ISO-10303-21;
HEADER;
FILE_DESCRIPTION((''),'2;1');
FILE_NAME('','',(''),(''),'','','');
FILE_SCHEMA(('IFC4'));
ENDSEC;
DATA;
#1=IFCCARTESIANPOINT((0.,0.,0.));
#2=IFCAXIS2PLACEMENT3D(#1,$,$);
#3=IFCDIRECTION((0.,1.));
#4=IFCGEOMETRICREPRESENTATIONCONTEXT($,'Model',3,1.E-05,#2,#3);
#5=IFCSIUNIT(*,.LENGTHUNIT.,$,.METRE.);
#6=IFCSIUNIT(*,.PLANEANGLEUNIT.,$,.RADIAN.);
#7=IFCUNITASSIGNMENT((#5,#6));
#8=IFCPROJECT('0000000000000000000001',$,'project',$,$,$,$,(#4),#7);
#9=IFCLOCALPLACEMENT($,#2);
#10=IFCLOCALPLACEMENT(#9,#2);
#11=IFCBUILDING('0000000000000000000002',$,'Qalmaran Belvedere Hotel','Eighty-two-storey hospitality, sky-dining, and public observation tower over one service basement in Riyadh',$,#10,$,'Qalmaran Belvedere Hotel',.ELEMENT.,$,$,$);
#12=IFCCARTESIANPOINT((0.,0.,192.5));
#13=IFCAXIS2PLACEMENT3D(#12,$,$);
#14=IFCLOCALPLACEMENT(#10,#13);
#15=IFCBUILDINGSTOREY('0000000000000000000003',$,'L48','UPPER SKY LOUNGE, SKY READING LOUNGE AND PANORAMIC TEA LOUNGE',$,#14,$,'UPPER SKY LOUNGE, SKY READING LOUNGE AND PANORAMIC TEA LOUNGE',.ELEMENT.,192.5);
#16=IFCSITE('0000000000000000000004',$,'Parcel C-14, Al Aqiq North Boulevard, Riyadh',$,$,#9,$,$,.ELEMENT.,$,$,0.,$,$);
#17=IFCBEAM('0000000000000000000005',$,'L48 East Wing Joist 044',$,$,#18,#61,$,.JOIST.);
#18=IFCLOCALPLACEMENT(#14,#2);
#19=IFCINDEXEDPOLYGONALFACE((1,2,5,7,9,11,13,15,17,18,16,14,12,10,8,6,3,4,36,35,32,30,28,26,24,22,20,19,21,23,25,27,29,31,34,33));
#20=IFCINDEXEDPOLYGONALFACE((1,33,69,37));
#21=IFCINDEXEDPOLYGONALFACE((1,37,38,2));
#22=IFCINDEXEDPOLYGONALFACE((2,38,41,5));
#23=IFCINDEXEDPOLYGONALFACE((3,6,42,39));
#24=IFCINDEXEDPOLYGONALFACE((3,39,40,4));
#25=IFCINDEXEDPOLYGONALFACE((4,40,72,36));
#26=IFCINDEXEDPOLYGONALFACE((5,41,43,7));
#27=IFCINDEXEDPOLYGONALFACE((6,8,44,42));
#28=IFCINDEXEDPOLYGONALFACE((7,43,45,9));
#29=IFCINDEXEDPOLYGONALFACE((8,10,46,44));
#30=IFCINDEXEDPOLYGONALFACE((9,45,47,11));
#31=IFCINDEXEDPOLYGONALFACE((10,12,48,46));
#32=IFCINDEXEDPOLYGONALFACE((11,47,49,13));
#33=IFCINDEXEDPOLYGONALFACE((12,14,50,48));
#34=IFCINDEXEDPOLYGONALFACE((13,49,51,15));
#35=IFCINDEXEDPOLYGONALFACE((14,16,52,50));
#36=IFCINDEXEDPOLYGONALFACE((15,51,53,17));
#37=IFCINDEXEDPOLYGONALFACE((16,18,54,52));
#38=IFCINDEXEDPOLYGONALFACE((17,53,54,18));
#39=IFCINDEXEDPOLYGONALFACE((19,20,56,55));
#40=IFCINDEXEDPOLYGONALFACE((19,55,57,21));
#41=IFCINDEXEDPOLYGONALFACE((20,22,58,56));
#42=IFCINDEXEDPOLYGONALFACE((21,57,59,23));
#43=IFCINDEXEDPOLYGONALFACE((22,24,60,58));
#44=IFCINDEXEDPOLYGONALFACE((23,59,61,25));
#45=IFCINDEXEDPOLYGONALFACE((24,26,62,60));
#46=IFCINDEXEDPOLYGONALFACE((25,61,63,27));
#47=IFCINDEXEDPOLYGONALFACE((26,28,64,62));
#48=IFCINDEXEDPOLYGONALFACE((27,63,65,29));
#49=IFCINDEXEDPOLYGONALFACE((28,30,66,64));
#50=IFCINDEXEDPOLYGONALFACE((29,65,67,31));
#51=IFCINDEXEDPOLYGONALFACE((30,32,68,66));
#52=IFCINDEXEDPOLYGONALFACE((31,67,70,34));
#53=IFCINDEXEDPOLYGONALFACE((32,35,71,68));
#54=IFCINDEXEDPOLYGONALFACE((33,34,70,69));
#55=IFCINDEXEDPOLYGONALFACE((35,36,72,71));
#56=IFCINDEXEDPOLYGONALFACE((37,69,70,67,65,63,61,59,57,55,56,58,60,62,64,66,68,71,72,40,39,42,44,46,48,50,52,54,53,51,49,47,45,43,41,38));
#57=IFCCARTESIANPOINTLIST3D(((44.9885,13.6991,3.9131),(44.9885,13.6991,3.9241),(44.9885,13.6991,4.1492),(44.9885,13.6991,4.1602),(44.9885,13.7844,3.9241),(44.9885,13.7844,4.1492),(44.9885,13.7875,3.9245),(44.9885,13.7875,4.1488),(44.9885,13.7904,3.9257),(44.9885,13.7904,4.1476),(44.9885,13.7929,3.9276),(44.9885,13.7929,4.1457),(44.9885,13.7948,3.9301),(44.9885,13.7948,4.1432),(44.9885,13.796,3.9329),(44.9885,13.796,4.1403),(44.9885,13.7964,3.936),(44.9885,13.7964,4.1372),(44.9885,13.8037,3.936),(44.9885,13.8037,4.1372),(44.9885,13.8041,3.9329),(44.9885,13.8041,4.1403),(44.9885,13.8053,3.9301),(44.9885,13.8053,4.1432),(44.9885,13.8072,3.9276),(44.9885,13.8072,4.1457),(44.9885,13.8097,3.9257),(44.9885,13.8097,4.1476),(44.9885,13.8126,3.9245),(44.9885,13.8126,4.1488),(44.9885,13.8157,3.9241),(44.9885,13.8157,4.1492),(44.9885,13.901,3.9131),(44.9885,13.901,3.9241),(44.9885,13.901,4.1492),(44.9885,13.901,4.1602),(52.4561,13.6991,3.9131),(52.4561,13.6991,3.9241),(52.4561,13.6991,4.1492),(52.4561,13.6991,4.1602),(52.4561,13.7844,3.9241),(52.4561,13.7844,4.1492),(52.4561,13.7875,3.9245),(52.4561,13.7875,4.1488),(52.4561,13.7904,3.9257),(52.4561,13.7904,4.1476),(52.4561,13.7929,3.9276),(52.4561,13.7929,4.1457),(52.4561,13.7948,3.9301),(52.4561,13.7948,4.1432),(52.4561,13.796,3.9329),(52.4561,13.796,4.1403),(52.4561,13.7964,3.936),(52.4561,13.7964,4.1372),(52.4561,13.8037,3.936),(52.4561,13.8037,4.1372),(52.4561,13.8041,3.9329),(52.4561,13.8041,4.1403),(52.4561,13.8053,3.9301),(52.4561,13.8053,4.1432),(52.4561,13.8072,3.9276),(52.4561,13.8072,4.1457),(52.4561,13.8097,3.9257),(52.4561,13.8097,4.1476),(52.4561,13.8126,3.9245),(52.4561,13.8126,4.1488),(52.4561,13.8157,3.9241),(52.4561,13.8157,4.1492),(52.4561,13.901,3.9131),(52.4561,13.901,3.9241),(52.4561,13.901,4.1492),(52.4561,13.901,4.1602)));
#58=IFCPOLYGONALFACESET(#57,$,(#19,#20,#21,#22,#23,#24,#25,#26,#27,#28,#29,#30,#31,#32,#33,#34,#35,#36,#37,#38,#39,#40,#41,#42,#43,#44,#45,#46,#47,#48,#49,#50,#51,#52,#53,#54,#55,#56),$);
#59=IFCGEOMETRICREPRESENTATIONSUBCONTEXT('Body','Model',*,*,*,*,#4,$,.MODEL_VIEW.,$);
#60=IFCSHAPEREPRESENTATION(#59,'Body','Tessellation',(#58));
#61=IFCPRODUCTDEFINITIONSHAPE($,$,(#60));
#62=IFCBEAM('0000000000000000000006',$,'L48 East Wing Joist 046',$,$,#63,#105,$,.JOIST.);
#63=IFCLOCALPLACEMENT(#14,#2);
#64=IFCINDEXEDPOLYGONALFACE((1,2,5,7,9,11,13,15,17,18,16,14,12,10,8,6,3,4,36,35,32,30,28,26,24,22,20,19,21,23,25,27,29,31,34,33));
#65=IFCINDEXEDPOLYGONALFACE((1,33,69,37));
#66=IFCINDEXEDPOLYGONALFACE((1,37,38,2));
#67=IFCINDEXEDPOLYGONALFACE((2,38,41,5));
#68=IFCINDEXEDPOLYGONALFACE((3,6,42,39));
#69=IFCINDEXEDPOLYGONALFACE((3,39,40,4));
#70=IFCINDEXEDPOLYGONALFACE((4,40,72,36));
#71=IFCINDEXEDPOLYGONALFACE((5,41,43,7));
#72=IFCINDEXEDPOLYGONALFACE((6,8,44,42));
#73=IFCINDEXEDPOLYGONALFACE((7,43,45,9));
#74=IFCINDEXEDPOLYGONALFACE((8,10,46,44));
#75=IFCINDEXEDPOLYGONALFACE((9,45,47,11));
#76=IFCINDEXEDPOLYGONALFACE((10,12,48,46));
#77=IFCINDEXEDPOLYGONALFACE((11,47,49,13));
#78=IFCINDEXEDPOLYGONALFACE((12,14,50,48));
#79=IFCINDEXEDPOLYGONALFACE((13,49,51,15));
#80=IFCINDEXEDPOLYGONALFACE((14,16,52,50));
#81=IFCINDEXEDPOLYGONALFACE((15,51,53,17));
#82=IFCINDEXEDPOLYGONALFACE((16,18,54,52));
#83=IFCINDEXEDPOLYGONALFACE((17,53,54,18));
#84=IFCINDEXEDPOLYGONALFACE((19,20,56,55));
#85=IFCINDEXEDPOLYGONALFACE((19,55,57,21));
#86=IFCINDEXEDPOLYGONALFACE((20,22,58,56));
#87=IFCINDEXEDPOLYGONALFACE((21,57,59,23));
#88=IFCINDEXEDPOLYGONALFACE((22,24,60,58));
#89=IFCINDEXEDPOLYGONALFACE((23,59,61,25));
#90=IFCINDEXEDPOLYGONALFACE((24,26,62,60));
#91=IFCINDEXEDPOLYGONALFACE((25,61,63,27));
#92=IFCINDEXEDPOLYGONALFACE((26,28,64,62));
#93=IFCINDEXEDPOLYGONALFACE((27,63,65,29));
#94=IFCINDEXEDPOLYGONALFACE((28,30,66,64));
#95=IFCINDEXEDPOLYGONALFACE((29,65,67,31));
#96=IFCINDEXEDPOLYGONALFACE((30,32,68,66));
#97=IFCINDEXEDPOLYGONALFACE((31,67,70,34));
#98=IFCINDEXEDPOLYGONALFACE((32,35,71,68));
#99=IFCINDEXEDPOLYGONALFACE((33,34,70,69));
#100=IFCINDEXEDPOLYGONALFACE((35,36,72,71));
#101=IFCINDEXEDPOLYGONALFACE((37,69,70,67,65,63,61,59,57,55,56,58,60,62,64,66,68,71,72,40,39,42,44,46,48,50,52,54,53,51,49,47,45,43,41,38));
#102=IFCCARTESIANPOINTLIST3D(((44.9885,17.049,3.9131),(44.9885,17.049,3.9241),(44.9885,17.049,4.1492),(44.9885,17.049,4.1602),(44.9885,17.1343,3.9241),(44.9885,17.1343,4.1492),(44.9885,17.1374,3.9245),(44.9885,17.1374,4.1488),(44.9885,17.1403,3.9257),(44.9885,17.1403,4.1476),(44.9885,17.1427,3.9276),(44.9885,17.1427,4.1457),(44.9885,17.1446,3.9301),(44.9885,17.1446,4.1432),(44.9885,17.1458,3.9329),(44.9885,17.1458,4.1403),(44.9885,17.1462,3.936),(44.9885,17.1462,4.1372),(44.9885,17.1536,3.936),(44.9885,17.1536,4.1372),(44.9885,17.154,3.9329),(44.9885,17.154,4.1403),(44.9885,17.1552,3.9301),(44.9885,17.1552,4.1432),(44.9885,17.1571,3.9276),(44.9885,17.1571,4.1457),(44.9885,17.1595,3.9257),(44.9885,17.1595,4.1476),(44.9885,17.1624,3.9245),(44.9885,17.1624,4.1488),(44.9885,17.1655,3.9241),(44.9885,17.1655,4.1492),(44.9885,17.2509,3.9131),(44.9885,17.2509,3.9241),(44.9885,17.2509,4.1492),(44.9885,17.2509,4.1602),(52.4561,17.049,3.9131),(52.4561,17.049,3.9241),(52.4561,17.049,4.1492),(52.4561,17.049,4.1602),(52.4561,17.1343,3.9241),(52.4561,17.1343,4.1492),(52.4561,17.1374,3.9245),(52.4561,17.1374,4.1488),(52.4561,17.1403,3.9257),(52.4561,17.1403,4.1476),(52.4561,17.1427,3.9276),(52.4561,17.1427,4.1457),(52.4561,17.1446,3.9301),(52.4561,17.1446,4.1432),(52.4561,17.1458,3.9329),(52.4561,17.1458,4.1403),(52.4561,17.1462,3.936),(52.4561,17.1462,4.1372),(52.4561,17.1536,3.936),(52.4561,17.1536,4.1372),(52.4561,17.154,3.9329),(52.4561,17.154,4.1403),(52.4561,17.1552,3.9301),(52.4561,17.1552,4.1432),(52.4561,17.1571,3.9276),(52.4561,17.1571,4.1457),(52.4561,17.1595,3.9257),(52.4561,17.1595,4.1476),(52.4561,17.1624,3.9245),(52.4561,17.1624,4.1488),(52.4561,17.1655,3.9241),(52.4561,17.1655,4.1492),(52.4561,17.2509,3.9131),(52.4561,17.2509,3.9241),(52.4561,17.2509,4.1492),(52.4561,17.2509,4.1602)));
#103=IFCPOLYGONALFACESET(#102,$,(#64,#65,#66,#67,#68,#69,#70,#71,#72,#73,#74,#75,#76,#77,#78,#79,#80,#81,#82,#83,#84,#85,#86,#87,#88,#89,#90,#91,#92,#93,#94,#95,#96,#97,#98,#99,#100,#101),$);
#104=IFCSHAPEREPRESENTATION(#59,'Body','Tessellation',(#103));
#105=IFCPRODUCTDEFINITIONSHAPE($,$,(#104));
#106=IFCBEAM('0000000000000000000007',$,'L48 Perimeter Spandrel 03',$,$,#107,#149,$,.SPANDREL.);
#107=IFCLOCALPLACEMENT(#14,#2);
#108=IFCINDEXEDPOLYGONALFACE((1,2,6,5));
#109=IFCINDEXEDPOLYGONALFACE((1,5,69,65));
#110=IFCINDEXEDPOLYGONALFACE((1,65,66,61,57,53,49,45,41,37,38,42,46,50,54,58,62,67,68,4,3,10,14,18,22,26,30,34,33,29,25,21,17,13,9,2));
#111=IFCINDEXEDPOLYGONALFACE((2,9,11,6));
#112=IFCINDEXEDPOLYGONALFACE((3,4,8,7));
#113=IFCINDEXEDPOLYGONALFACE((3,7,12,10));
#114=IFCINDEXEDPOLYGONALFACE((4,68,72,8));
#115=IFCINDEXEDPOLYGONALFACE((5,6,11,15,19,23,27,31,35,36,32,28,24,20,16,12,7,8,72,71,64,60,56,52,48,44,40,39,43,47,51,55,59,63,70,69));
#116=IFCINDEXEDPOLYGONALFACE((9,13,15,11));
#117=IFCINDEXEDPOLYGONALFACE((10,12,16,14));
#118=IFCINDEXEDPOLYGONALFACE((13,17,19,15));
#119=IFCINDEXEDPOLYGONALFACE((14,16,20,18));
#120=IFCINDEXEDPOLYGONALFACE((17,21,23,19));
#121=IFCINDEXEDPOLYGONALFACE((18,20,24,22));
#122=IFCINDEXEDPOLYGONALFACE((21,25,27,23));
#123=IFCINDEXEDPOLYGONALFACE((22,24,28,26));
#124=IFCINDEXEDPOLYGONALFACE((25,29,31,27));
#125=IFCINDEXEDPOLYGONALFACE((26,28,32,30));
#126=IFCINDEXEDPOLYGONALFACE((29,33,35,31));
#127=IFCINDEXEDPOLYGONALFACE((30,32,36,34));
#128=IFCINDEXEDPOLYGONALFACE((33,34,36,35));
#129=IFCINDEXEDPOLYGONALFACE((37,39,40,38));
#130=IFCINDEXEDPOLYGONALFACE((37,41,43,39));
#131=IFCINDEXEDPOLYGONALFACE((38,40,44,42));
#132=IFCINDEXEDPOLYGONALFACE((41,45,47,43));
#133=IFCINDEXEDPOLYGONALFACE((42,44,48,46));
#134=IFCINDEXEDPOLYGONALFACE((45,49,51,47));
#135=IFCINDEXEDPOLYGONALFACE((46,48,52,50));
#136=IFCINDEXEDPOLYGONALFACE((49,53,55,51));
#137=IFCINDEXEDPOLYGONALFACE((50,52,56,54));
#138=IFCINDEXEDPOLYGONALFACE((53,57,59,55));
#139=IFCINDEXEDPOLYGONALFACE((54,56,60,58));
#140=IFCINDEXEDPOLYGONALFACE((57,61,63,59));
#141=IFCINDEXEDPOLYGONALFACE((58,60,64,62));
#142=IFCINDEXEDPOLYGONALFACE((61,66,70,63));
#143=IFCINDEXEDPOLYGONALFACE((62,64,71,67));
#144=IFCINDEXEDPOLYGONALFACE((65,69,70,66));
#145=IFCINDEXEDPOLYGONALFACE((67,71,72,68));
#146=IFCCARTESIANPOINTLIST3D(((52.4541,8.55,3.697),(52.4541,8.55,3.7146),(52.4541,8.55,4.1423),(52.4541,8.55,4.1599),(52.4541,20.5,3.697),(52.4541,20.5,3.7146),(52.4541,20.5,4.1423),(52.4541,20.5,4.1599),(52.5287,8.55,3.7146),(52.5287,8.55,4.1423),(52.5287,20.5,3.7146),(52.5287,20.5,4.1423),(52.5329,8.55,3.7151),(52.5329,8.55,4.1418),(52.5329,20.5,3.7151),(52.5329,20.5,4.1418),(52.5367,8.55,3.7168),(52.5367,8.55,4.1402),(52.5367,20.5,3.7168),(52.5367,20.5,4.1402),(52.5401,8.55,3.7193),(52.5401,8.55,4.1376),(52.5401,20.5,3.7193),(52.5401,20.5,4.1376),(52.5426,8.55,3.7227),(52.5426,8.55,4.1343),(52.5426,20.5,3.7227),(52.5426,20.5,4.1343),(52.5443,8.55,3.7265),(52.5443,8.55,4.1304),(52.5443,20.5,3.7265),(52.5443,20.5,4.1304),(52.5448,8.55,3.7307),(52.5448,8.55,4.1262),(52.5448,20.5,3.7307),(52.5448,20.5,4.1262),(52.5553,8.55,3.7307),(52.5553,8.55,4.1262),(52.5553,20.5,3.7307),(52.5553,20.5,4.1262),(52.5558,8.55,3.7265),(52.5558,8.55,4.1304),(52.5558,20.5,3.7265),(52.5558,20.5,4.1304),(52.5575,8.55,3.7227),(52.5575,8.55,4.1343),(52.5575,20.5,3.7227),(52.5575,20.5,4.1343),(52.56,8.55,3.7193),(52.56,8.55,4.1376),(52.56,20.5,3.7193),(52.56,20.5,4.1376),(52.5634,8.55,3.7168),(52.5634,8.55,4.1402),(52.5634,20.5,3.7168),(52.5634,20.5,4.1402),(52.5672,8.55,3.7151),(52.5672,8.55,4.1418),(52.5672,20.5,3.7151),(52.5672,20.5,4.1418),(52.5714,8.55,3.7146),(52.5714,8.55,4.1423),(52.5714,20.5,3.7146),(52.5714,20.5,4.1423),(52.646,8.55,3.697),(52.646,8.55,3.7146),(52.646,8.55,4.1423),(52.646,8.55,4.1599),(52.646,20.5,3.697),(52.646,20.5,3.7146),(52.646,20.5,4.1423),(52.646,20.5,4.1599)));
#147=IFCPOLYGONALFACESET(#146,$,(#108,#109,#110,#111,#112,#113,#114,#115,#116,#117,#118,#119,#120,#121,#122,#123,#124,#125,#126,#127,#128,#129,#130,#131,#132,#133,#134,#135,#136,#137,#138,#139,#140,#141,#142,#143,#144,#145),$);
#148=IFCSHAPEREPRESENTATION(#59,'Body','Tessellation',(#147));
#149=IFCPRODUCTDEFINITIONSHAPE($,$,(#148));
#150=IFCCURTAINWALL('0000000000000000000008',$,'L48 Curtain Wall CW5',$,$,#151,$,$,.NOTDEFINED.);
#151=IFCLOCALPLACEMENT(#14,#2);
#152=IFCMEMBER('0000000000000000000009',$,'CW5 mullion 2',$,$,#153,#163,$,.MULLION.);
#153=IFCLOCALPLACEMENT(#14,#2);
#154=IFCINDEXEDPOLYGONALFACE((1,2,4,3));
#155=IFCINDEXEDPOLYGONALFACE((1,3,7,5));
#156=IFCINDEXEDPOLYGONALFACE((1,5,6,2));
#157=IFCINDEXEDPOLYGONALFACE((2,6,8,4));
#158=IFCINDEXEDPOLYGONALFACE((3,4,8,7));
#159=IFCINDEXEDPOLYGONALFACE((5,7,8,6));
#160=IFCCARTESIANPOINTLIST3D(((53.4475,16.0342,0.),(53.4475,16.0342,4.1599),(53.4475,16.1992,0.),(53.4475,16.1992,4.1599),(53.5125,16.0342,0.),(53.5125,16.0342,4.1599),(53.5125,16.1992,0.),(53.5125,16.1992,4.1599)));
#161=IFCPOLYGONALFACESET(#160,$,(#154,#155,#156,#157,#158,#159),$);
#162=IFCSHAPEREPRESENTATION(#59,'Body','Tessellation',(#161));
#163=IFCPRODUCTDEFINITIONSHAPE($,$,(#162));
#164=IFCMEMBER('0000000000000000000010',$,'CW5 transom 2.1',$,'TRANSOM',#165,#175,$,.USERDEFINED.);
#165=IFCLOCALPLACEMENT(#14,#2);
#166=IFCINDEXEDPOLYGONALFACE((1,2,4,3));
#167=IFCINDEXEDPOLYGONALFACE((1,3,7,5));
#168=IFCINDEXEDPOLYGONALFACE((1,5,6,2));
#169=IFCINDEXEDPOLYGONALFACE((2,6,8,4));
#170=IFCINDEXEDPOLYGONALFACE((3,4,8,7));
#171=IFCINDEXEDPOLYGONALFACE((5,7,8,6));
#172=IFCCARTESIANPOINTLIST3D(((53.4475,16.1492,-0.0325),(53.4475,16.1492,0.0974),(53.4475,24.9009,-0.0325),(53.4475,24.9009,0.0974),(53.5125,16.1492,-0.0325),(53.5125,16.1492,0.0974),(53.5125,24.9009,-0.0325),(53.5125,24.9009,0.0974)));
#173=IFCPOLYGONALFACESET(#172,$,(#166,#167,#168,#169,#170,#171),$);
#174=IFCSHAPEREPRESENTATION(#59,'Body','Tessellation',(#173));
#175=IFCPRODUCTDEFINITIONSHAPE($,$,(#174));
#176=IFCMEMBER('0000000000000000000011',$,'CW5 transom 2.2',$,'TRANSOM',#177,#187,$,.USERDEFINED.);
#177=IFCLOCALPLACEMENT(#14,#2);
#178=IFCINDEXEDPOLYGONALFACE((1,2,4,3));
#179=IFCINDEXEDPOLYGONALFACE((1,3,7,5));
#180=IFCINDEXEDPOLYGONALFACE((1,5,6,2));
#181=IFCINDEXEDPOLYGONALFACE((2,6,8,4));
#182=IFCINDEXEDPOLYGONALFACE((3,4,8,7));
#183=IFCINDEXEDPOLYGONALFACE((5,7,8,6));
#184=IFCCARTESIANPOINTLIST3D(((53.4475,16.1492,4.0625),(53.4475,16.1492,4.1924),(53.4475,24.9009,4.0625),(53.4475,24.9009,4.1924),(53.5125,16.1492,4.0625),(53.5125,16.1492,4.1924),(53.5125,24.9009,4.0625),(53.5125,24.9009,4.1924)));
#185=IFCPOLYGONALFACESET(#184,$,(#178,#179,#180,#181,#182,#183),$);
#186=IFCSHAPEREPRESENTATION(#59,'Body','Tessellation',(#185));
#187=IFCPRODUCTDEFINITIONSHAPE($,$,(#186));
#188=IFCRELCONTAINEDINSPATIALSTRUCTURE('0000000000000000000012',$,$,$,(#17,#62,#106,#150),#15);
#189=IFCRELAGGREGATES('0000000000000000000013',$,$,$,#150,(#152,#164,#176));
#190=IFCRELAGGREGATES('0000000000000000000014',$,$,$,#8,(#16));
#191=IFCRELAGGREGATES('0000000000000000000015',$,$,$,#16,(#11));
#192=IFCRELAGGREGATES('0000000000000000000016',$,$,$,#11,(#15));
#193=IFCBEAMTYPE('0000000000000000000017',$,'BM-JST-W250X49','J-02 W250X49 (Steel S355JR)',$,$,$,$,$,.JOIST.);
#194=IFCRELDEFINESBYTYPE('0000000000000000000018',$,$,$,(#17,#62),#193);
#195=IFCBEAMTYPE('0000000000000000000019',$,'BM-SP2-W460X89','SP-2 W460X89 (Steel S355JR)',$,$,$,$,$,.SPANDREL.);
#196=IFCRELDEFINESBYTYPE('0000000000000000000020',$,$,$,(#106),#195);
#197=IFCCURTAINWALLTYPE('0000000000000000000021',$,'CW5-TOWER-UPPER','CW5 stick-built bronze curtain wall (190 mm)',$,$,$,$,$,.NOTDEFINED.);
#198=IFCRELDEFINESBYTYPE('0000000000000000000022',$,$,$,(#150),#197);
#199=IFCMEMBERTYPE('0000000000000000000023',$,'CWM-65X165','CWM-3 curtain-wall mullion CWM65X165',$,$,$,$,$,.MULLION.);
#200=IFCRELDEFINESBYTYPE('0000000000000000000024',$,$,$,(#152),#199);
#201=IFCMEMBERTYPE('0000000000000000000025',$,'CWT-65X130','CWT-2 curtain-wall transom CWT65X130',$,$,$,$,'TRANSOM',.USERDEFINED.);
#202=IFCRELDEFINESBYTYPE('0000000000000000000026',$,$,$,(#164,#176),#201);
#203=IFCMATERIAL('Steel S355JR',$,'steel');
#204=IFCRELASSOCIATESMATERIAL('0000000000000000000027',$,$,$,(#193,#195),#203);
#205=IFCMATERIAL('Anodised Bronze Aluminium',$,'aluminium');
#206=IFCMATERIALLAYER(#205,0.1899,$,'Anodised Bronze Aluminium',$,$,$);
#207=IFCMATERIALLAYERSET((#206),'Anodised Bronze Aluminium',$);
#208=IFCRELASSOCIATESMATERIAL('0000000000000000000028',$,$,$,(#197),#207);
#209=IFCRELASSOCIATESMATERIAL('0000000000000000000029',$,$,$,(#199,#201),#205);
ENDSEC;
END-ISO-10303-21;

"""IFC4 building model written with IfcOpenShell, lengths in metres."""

from ifc_helpers import new_model, si_unit, direction, frame, origin, origin_2d, place, context, subcontext, project, spatial, rectangle, i_section, extrude, material, layer, layer_set, material_profile, profile_set, type_object, element, aggregate, save


model = new_model("IFC4")

# Units and contexts
model_context = context("Model", 3, precision=1e-05, world=origin(), true_north=direction((0.0, 1.0)))
body_context = subcontext(model_context, "Body", "Model", "MODEL_VIEW")
ifc_project = project(units=[si_unit("LENGTHUNIT", "METRE"), si_unit("PLANEANGLEUNIT", "RADIAN")], contexts=[model_context])

# Site, building, storey
site_placement = place(None, origin())
site = spatial("IfcSite", under=ifc_project, at=site_placement, Name="Parcel C-14, Al Aqiq North Boulevard, Riyadh", CompositionType="ELEMENT", RefElevation=0.0)
building_placement = place(site_placement, origin())
building = spatial("IfcBuilding", under=site, at=building_placement, Name="Qalmaran Belvedere Hotel", Description="Eighty-two-storey hospitality, sky-dining, and public observation tower over one service basement in Riyadh", LongName="Qalmaran Belvedere Hotel", CompositionType="ELEMENT")
storey_placement = place(building_placement, frame((0.0, 0.0, 192.5)))
storey = spatial("IfcBuildingStorey", under=building, at=storey_placement, Name="L48", Description="UPPER SKY LOUNGE, SKY READING LOUNGE AND PANORAMIC TEA LOUNGE", LongName="UPPER SKY LOUNGE, SKY READING LOUNGE AND PANORAMIC TEA LOUNGE", CompositionType="ELEMENT", Elevation=192.5)

# Beams
ifc_material_1 = material(Name="Steel S355JR", Category="steel")
ifc_material_profile_1 = material_profile(ifc_material_1, i_section(OverallWidth=0.2019, OverallDepth=0.2471, WebThickness=0.0073, FlangeThickness=0.011, FilletRadius=0.012, at=origin_2d()), Name="W250X49")
ifc_profile_set_1 = profile_set([ifc_material_profile_1], Name="Steel S355JR")
beam_type_1 = type_object("IfcBeamType", Name="BM-JST-W250X49", Description="J-02 W250X49 (Steel S355JR)", PredefinedType="JOIST", material=ifc_profile_set_1)
for number, where, z_axis, x_axis, name in (
    (1, (44.9885, 13.8, 4.0366), (1.0, 0.0, 0.0), (0.0, 1.0, 0.0), "L48 East Wing Joist 044"),
    (2, (44.9885, 17.1499, 4.0366), (1.0, 0.0, 0.0), (0.0, 1.0, 0.0), "L48 East Wing Joist 046"),
):
    element("IfcBeam", number, at=place(storey_placement, frame(where, z_axis=z_axis, x_axis=x_axis)), inside=storey, type_object=beam_type_1, Name=name, PredefinedType="JOIST", context=body_context, shape_type="SweptSolid", body=[
        extrude(i_section(OverallWidth=0.2019, OverallDepth=0.2471, WebThickness=0.0073, FlangeThickness=0.011, FilletRadius=0.012, at=origin_2d()), origin(), (0.0, 0.0, 1.0), 7.4675),
    ])
ifc_material_profile_2 = material_profile(ifc_material_1, i_section(OverallWidth=0.1919, OverallDepth=0.4629, WebThickness=0.0105, FlangeThickness=0.0176, FilletRadius=0.0161, at=origin_2d()), Name="W460X89")
ifc_profile_set_2 = profile_set([ifc_material_profile_2], Name="Steel S355JR")
beam_type_2 = type_object("IfcBeamType", Name="BM-SP2-W460X89", Description="SP-2 W460X89 (Steel S355JR)", PredefinedType="SPANDREL", material=ifc_profile_set_2)
beam_placement = place(storey_placement, frame((52.55, 8.55, 3.9285), z_axis=(0.0, 1.0, 0.0), x_axis=(-1.0, 0.0, 0.0)))
element("IfcBeam", 3, at=beam_placement, inside=storey, type_object=beam_type_2, Name="L48 Perimeter Spandrel 03", PredefinedType="SPANDREL", context=body_context, shape_type="SweptSolid", body=[
    extrude(i_section(OverallWidth=0.1919, OverallDepth=0.4629, WebThickness=0.0105, FlangeThickness=0.0176, FilletRadius=0.0161, at=origin_2d()), origin(), (0.0, 0.0, 1.0), 11.95),
])

# Curtain wall, members
ifc_material_2 = material(Name="Anodised Bronze Aluminium", Category="aluminium")
ifc_layer_1 = layer(ifc_material_2, 0.1899, Name="Anodised Bronze Aluminium")
ifc_layer_set_1 = layer_set([ifc_layer_1], Name="Anodised Bronze Aluminium")
curtain_wall_type = type_object("IfcCurtainWallType", Name="CW5-TOWER-UPPER", Description="CW5 stick-built bronze curtain wall (190 mm)", PredefinedType="NOTDEFINED", material=ifc_layer_set_1)
curtain_wall_placement = place(storey_placement, origin())
curtain_wall = element("IfcCurtainWall", 4, at=curtain_wall_placement, inside=storey, type_object=curtain_wall_type, Name="L48 Curtain Wall CW5", PredefinedType="NOTDEFINED")
ifc_material_profile_3 = material_profile(ifc_material_2, rectangle(XDim=0.0649, YDim=0.165, at=origin_2d()), Name="CWM65X165")
ifc_profile_set_3 = profile_set([ifc_material_profile_3], Name="Anodised Bronze Aluminium")
member_type_1 = type_object("IfcMemberType", Name="CWM-65X165", Description="CWM-3 curtain-wall mullion CWM65X165", PredefinedType="MULLION", material=ifc_profile_set_3)
member_1_placement = place(storey_placement, frame((53.48, 16.1167, 0.0), z_axis=(0.0, 0.0, 1.0), x_axis=(-1.0, 0.0, 0.0)))
member_1 = element("IfcMember", 5, at=member_1_placement, type_object=member_type_1, Name="CW5 mullion 2", PredefinedType="MULLION", context=body_context, shape_type="SweptSolid", body=[
    extrude(rectangle(XDim=0.0649, YDim=0.165, at=origin_2d()), origin(), (0.0, 0.0, 1.0), 4.1599),
])
ifc_material_profile_4 = material_profile(ifc_material_2, rectangle(XDim=0.0649, YDim=0.1299, at=origin_2d()), Name="CWT65X130")
ifc_profile_set_4 = profile_set([ifc_material_profile_4], Name="Anodised Bronze Aluminium")
member_type_2 = type_object("IfcMemberType", Name="CWT-65X130", Description="CWT-2 curtain-wall transom CWT65X130", ElementType="TRANSOM", PredefinedType="USERDEFINED", material=ifc_profile_set_4)
member_2_placement = place(storey_placement, frame((53.48, 16.1492, 0.0325), z_axis=(0.0, 1.0, 0.0), x_axis=(-1.0, 0.0, 0.0)))
member_2 = element("IfcMember", 6, at=member_2_placement, type_object=member_type_2, Name="CW5 transom 2.1", ObjectType="TRANSOM", PredefinedType="USERDEFINED", context=body_context, shape_type="SweptSolid", body=[
    extrude(rectangle(XDim=0.0649, YDim=0.1299, at=origin_2d()), origin(), (0.0, 0.0, 1.0), 8.7517),
])
member_3_placement = place(storey_placement, frame((53.48, 16.1492, 4.1274), z_axis=(0.0, 1.0, 0.0), x_axis=(-1.0, 0.0, 0.0)))
member_3 = element("IfcMember", 7, at=member_3_placement, type_object=member_type_2, Name="CW5 transom 2.2", ObjectType="TRANSOM", PredefinedType="USERDEFINED", context=body_context, shape_type="SweptSolid", body=[
    extrude(rectangle(XDim=0.0649, YDim=0.1299, at=origin_2d()), origin(), (0.0, 0.0, 1.0), 8.7517),
])
aggregate(curtain_wall, [member_1, member_2, member_3])

save(model, "model.ifc")
